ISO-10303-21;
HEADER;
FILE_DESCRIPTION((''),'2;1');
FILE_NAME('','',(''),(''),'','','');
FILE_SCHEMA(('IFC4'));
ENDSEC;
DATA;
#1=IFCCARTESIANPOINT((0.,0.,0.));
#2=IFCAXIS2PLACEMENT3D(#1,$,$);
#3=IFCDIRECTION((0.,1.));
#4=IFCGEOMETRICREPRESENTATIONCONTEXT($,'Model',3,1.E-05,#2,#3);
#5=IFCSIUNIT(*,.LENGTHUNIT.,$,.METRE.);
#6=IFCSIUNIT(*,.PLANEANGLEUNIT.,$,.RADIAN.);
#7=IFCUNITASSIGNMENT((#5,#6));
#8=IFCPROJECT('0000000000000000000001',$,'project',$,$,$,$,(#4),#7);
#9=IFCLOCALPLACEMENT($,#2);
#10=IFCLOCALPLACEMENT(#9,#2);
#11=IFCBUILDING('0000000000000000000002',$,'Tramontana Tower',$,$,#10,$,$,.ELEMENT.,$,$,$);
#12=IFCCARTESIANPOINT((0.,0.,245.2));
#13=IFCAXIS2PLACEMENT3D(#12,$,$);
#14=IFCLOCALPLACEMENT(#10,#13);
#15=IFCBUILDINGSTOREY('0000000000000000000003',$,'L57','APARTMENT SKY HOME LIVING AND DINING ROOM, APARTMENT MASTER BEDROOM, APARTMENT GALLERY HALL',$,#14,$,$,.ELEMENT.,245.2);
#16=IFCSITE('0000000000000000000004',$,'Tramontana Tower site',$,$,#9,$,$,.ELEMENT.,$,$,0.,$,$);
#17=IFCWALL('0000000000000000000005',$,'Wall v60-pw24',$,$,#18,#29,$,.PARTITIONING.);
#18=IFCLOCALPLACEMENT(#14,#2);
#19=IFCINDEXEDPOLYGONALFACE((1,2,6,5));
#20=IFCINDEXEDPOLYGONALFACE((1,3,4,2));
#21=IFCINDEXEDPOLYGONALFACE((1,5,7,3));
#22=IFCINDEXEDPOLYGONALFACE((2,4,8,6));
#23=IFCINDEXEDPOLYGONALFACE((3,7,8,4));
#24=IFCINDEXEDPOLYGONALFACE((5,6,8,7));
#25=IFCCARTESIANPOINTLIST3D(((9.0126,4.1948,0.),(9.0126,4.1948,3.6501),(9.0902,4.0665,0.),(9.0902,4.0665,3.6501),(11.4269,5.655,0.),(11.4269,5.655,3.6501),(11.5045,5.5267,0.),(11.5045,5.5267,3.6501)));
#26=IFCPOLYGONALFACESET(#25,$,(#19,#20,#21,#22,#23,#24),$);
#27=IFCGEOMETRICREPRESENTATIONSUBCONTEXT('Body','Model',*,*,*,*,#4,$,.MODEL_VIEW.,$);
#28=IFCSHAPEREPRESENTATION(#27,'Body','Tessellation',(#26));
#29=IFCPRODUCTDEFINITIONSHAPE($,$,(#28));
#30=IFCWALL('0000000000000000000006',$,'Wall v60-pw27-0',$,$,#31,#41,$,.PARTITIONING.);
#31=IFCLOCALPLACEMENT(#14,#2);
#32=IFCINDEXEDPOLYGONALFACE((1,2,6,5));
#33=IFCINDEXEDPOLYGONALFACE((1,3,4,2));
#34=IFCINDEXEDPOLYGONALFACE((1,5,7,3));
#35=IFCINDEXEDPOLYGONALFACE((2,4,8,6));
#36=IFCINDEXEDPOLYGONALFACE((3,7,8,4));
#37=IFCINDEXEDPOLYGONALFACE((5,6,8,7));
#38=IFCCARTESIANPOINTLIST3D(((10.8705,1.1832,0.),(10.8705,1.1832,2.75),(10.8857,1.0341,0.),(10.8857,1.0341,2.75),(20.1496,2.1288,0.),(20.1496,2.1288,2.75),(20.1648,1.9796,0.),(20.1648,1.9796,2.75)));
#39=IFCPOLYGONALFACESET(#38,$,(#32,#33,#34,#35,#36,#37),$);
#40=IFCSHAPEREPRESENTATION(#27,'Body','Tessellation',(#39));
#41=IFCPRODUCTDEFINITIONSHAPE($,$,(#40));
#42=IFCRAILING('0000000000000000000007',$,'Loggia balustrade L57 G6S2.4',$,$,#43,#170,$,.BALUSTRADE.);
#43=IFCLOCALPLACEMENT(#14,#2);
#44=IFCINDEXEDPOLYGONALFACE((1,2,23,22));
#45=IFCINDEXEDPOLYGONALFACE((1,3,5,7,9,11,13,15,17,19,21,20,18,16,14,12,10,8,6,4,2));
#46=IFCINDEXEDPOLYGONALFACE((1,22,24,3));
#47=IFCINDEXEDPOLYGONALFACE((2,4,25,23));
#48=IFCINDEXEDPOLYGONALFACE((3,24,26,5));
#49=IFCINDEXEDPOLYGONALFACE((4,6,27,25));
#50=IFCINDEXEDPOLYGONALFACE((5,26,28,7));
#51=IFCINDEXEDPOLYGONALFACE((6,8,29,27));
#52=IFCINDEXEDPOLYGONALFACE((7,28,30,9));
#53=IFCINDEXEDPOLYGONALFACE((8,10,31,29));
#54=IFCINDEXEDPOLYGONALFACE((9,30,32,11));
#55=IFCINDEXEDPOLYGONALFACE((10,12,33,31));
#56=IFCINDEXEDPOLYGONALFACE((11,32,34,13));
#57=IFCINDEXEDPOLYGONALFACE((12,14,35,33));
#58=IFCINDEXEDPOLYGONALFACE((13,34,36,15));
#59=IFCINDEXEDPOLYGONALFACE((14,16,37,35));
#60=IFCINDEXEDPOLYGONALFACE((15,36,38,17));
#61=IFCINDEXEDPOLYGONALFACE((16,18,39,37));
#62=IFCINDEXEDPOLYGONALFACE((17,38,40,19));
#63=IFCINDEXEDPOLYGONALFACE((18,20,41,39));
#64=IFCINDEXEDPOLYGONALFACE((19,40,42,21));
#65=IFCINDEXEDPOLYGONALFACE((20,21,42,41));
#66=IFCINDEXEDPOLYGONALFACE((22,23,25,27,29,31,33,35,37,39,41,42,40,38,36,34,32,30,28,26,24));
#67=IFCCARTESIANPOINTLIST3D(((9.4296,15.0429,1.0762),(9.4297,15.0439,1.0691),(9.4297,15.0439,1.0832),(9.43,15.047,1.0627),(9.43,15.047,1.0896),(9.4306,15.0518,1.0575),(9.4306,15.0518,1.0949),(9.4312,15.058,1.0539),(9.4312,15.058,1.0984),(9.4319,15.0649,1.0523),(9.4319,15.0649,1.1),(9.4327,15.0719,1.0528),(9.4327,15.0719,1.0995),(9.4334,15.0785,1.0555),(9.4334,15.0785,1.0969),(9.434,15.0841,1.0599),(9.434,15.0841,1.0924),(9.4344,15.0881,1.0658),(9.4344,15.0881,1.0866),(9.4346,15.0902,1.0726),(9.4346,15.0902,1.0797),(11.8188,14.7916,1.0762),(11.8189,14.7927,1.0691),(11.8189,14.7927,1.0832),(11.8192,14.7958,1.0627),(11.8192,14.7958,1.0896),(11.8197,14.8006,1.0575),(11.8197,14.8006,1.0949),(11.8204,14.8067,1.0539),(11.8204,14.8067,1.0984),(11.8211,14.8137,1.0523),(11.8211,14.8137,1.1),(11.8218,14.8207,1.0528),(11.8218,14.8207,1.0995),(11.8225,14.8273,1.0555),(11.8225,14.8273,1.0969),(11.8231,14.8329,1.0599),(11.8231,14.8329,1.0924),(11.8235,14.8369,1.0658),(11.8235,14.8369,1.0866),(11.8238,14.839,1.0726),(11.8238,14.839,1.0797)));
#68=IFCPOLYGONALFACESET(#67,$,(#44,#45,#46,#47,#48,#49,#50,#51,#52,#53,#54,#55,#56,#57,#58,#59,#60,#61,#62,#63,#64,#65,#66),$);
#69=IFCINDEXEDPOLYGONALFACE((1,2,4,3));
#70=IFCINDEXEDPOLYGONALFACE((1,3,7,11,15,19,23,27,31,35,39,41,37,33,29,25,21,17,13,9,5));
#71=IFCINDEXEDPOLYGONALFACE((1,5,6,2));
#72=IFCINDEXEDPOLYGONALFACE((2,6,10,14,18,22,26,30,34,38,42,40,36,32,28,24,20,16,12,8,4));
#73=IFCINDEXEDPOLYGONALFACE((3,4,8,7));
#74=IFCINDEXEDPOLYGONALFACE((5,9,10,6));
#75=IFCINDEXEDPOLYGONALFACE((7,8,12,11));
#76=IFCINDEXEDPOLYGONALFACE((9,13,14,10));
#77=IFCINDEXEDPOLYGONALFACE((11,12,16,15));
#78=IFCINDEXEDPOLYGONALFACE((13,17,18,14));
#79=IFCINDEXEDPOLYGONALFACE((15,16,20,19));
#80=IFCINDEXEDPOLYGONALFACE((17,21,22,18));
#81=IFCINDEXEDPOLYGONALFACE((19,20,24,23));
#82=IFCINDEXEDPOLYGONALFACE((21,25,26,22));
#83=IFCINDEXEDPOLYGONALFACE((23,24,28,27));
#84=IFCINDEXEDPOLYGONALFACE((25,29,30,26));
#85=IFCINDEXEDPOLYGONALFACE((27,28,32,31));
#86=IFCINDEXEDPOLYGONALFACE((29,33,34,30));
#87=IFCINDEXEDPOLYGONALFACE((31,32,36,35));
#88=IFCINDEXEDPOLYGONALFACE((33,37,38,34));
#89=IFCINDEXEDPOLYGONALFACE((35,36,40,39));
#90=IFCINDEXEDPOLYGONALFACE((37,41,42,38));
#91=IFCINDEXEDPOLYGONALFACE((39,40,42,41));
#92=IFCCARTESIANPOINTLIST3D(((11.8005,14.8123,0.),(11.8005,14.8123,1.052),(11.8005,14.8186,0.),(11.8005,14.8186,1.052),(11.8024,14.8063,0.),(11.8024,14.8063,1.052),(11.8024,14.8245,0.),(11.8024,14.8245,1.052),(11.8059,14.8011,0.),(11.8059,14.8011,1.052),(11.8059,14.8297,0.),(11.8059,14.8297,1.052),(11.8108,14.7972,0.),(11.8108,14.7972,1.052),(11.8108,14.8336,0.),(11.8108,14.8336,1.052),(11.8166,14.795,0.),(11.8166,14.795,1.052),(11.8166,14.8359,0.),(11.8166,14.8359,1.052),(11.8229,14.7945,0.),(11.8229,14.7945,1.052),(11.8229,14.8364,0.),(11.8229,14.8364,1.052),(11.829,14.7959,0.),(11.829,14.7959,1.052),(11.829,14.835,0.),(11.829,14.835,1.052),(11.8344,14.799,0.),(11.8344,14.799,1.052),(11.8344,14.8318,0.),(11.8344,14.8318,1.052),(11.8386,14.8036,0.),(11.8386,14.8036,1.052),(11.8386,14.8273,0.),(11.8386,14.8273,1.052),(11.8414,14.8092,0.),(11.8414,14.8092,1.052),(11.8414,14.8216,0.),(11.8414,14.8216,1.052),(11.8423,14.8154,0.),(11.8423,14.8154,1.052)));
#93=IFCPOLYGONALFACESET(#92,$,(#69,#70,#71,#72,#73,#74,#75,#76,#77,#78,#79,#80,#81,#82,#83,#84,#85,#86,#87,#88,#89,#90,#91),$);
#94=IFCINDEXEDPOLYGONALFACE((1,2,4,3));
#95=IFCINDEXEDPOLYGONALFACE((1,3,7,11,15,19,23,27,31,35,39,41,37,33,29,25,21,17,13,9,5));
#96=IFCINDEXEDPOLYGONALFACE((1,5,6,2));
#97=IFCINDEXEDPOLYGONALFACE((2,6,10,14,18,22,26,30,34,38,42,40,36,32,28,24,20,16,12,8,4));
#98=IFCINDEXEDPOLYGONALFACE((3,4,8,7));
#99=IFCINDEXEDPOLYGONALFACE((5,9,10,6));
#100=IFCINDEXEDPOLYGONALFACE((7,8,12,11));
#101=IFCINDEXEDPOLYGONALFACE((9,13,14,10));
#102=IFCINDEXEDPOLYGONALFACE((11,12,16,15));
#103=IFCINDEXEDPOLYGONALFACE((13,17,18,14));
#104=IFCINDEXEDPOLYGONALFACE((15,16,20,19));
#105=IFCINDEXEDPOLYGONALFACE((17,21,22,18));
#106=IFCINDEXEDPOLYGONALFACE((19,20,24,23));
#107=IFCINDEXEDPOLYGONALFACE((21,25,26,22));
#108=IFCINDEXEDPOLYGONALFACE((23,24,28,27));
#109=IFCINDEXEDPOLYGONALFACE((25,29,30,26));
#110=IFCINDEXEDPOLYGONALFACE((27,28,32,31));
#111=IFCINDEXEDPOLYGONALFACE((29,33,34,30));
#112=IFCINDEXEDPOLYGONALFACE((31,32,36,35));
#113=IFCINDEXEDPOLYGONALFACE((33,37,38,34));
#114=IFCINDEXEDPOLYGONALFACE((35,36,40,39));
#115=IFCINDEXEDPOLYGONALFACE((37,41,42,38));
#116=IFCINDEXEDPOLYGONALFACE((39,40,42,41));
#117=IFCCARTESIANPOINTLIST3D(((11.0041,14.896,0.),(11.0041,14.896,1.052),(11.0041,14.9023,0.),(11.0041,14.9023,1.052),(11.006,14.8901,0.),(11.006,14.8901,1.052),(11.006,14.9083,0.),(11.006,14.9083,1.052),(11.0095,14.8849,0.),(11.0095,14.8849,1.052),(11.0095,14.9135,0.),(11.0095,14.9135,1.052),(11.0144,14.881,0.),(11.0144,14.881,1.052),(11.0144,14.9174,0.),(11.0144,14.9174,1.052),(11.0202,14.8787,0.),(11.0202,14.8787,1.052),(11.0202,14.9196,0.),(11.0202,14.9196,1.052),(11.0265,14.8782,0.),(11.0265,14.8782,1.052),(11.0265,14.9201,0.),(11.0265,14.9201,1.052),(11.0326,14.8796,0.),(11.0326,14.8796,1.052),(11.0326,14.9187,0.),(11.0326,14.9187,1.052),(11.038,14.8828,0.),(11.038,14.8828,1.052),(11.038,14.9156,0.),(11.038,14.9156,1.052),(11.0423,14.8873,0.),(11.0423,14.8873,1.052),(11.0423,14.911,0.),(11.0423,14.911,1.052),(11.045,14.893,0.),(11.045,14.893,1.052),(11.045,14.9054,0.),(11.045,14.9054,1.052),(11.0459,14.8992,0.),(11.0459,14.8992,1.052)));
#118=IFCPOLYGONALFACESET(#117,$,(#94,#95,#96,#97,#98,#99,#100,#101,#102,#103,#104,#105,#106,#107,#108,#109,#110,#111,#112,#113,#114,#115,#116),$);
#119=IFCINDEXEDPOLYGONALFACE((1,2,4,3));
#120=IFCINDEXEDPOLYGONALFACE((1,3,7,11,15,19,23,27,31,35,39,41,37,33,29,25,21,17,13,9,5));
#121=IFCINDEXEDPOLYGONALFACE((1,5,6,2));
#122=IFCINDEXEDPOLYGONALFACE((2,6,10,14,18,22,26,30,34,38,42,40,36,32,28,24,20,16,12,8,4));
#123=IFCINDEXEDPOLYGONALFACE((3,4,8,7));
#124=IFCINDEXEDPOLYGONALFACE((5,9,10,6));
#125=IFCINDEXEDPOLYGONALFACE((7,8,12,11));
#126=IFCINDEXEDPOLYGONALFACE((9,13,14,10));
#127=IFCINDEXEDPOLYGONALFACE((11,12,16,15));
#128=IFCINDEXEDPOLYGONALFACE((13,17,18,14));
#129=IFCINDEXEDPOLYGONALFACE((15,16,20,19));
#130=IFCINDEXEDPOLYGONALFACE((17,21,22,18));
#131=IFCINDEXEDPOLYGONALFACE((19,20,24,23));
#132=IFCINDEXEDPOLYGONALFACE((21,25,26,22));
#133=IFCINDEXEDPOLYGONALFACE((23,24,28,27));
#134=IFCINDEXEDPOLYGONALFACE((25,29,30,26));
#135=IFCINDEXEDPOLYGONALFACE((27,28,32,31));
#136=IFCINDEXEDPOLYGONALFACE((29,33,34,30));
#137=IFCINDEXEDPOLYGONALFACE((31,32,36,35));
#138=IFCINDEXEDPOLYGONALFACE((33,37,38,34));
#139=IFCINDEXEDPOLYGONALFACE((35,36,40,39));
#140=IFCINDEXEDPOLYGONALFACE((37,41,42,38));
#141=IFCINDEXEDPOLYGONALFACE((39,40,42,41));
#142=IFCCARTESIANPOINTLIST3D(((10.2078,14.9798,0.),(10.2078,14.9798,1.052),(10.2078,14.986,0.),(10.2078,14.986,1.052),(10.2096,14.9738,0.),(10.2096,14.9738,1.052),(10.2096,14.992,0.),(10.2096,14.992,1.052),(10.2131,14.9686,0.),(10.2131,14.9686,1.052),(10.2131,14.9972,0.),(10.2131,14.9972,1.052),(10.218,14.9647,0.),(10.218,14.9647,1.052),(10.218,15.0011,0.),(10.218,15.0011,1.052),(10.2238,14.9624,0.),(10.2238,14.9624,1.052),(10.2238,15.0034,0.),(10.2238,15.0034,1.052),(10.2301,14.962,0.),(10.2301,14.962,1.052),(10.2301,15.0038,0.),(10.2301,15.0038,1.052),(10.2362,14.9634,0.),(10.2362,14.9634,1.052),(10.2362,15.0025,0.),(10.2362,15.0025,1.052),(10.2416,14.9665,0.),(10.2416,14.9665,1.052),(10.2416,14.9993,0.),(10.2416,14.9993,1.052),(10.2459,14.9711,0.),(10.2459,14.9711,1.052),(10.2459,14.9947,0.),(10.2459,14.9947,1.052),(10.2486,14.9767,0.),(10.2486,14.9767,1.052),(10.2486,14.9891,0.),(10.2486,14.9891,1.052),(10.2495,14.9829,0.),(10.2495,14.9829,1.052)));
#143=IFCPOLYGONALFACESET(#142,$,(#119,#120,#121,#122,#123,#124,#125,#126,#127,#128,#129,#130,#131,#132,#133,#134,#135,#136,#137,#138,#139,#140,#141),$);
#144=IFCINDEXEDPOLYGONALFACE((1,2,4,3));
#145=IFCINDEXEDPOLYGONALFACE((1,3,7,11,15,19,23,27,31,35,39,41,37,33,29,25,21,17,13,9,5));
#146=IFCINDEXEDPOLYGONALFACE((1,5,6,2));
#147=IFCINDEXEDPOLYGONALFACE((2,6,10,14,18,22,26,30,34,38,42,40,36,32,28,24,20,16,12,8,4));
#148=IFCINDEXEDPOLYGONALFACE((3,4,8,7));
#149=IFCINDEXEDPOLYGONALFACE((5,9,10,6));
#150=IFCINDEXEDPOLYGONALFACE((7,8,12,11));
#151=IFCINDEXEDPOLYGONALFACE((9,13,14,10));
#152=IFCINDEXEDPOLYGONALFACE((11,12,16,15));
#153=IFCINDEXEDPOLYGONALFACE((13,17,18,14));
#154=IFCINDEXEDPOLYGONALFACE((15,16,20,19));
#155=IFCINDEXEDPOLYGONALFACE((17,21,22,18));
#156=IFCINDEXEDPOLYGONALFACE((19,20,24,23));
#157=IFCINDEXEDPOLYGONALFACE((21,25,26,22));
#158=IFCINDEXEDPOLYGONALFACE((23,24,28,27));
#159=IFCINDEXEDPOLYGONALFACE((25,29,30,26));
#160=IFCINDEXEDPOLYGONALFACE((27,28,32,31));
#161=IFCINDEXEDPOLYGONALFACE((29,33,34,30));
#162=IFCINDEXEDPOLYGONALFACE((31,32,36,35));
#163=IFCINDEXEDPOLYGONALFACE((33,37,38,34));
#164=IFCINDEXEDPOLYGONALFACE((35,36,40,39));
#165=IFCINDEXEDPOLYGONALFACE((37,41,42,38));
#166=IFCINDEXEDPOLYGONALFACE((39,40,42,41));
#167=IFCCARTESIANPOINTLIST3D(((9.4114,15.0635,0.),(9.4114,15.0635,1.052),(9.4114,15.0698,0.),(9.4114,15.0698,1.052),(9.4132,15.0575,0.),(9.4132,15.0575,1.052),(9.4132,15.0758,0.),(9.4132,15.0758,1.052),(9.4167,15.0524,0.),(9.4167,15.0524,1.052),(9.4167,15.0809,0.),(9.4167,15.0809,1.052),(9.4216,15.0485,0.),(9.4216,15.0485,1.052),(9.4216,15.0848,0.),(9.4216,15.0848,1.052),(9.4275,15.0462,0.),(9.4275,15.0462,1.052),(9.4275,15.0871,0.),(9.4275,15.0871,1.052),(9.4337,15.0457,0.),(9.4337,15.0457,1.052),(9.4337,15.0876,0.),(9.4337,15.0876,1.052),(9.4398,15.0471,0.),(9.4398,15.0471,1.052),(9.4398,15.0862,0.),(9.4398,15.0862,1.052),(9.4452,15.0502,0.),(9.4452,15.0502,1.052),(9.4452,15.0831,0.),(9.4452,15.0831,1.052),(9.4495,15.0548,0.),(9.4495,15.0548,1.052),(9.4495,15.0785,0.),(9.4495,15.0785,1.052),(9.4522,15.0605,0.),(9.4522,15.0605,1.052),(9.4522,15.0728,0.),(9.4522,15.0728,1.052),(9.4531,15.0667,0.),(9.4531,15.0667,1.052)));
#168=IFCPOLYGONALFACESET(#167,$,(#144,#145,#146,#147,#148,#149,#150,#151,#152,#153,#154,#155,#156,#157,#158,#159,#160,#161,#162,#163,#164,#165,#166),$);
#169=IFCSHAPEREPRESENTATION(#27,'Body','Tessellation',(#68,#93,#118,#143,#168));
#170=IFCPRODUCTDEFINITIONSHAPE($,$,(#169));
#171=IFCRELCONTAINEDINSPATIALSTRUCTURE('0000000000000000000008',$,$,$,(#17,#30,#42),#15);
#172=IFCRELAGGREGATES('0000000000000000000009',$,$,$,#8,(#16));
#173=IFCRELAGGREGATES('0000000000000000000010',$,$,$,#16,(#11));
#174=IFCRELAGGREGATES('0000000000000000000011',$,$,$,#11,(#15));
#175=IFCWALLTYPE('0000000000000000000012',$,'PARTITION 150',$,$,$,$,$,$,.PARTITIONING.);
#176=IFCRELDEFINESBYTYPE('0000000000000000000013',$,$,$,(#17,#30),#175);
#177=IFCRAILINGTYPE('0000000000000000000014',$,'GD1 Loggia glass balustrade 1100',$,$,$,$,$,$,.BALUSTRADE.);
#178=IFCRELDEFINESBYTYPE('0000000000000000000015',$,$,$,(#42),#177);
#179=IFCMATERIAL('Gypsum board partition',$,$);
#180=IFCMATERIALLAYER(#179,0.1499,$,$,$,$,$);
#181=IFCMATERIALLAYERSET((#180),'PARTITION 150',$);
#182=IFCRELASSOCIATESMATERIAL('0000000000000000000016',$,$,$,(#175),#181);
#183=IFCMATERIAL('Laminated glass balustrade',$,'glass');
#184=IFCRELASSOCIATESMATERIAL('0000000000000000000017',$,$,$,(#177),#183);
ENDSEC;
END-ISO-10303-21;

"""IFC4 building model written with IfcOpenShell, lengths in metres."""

from ifc_helpers import new_model, si_unit, direction, frame, frame_2d, origin, origin_2d, place, context, subcontext, project, spatial, rectangle, circle, extrude, material, layer, layer_set, type_object, element, save


model = new_model("IFC4")

# Units and contexts
model_context = context("Model", 3, precision=1e-05, world=origin(), true_north=direction((0.0, 1.0)))
body_context = subcontext(model_context, "Body", "Model", "MODEL_VIEW")
ifc_project = project(units=[si_unit("LENGTHUNIT", "METRE"), si_unit("PLANEANGLEUNIT", "RADIAN")], contexts=[model_context])

# Site, building, storey
site_placement = place(None, origin())
site = spatial("IfcSite", under=ifc_project, at=site_placement, Name="Tramontana Tower site", CompositionType="ELEMENT", RefElevation=0.0)
building_placement = place(site_placement, origin())
building = spatial("IfcBuilding", under=site, at=building_placement, Name="Tramontana Tower", CompositionType="ELEMENT")
storey_placement = place(building_placement, frame((0.0, 0.0, 245.2)))
storey = spatial("IfcBuildingStorey", under=building, at=storey_placement, Name="L57", Description="APARTMENT SKY HOME LIVING AND DINING ROOM, APARTMENT MASTER BEDROOM, APARTMENT GALLERY HALL", CompositionType="ELEMENT", Elevation=245.2)

# Shared definitions
ifc_material_1 = material(Name="Gypsum board partition")
ifc_layer_1 = layer(ifc_material_1, 0.1499)
ifc_layer_set_1 = layer_set([ifc_layer_1], Name="PARTITION 150")
wall_type_1 = type_object("IfcWallType", Name="PARTITION 150", PredefinedType="PARTITIONING", material=ifc_layer_set_1)

# Walls
wall_1_placement = place(storey_placement, frame((11.4656, 5.5908, 0.0), z_axis=(0.0, 0.0, 1.0), x_axis=(-0.855671, -0.517521, 0.0)))
element("IfcWall", 1, at=wall_1_placement, inside=storey, type_object=wall_type_1, Name="Wall v60-pw24", PredefinedType="PARTITIONING", context=body_context, shape_type="SweptSolid", body=[
    extrude(rectangle(XDim=2.8215, YDim=0.1499, at=frame_2d((1.4106, 0.0))), origin(), (0.0, 0.0, 1.0), 3.6501),
])
wall_2_placement = place(storey_placement, frame((20.1572, 2.0542, 0.0), z_axis=(0.0, 0.0, 1.0), x_axis=(-0.994848, -0.101377, 0.0)))
element("IfcWall", 2, at=wall_2_placement, inside=storey, type_object=wall_type_1, Name="Wall v60-pw27-0", PredefinedType="PARTITIONING", context=body_context, shape_type="SweptSolid", body=[
    extrude(rectangle(XDim=9.3271, YDim=0.1499, at=frame_2d((4.6636, 0.0))), origin(), (0.0, 0.0, 1.0), 2.75),
])

# Railing
ifc_material_2 = material(Name="Laminated glass balustrade", Category="glass")
railing_type = type_object("IfcRailingType", Name="GD1 Loggia glass balustrade 1100", PredefinedType="BALUSTRADE", material=ifc_material_2)
railing_placement = place(storey_placement, frame((11.8213, 14.8154, 0.0)))
element("IfcRailing", 3, at=railing_placement, inside=storey, type_object=railing_type, Name="Loggia balustrade L57 G6S2.4", PredefinedType="BALUSTRADE", context=body_context, shape_type="SweptSolid", body=[
    extrude(circle(Radius=0.0239, at=origin_2d()), frame((0.0, 0.0, 1.0762), z_axis=(-0.994517, 0.104574, 0.0), x_axis=(-0.104574, -0.994517, 0.0)), (0.0, 0.0, 1.0), 2.4023),
    extrude(circle(Radius=0.021, at=origin_2d()), origin(), (0.0, 0.0, 1.0), 1.052),
    extrude(circle(Radius=0.021, at=origin_2d()), frame((-0.7964, 0.0837, 0.0)), (0.0, 0.0, 1.0), 1.052),
    extrude(circle(Radius=0.021, at=origin_2d()), frame((-1.5928, 0.1675, 0.0)), (0.0, 0.0, 1.0), 1.052),
    extrude(circle(Radius=0.021, at=origin_2d()), frame((-2.3892, 0.2512, 0.0)), (0.0, 0.0, 1.0), 1.052),
])

save(model, "model.ifc")
